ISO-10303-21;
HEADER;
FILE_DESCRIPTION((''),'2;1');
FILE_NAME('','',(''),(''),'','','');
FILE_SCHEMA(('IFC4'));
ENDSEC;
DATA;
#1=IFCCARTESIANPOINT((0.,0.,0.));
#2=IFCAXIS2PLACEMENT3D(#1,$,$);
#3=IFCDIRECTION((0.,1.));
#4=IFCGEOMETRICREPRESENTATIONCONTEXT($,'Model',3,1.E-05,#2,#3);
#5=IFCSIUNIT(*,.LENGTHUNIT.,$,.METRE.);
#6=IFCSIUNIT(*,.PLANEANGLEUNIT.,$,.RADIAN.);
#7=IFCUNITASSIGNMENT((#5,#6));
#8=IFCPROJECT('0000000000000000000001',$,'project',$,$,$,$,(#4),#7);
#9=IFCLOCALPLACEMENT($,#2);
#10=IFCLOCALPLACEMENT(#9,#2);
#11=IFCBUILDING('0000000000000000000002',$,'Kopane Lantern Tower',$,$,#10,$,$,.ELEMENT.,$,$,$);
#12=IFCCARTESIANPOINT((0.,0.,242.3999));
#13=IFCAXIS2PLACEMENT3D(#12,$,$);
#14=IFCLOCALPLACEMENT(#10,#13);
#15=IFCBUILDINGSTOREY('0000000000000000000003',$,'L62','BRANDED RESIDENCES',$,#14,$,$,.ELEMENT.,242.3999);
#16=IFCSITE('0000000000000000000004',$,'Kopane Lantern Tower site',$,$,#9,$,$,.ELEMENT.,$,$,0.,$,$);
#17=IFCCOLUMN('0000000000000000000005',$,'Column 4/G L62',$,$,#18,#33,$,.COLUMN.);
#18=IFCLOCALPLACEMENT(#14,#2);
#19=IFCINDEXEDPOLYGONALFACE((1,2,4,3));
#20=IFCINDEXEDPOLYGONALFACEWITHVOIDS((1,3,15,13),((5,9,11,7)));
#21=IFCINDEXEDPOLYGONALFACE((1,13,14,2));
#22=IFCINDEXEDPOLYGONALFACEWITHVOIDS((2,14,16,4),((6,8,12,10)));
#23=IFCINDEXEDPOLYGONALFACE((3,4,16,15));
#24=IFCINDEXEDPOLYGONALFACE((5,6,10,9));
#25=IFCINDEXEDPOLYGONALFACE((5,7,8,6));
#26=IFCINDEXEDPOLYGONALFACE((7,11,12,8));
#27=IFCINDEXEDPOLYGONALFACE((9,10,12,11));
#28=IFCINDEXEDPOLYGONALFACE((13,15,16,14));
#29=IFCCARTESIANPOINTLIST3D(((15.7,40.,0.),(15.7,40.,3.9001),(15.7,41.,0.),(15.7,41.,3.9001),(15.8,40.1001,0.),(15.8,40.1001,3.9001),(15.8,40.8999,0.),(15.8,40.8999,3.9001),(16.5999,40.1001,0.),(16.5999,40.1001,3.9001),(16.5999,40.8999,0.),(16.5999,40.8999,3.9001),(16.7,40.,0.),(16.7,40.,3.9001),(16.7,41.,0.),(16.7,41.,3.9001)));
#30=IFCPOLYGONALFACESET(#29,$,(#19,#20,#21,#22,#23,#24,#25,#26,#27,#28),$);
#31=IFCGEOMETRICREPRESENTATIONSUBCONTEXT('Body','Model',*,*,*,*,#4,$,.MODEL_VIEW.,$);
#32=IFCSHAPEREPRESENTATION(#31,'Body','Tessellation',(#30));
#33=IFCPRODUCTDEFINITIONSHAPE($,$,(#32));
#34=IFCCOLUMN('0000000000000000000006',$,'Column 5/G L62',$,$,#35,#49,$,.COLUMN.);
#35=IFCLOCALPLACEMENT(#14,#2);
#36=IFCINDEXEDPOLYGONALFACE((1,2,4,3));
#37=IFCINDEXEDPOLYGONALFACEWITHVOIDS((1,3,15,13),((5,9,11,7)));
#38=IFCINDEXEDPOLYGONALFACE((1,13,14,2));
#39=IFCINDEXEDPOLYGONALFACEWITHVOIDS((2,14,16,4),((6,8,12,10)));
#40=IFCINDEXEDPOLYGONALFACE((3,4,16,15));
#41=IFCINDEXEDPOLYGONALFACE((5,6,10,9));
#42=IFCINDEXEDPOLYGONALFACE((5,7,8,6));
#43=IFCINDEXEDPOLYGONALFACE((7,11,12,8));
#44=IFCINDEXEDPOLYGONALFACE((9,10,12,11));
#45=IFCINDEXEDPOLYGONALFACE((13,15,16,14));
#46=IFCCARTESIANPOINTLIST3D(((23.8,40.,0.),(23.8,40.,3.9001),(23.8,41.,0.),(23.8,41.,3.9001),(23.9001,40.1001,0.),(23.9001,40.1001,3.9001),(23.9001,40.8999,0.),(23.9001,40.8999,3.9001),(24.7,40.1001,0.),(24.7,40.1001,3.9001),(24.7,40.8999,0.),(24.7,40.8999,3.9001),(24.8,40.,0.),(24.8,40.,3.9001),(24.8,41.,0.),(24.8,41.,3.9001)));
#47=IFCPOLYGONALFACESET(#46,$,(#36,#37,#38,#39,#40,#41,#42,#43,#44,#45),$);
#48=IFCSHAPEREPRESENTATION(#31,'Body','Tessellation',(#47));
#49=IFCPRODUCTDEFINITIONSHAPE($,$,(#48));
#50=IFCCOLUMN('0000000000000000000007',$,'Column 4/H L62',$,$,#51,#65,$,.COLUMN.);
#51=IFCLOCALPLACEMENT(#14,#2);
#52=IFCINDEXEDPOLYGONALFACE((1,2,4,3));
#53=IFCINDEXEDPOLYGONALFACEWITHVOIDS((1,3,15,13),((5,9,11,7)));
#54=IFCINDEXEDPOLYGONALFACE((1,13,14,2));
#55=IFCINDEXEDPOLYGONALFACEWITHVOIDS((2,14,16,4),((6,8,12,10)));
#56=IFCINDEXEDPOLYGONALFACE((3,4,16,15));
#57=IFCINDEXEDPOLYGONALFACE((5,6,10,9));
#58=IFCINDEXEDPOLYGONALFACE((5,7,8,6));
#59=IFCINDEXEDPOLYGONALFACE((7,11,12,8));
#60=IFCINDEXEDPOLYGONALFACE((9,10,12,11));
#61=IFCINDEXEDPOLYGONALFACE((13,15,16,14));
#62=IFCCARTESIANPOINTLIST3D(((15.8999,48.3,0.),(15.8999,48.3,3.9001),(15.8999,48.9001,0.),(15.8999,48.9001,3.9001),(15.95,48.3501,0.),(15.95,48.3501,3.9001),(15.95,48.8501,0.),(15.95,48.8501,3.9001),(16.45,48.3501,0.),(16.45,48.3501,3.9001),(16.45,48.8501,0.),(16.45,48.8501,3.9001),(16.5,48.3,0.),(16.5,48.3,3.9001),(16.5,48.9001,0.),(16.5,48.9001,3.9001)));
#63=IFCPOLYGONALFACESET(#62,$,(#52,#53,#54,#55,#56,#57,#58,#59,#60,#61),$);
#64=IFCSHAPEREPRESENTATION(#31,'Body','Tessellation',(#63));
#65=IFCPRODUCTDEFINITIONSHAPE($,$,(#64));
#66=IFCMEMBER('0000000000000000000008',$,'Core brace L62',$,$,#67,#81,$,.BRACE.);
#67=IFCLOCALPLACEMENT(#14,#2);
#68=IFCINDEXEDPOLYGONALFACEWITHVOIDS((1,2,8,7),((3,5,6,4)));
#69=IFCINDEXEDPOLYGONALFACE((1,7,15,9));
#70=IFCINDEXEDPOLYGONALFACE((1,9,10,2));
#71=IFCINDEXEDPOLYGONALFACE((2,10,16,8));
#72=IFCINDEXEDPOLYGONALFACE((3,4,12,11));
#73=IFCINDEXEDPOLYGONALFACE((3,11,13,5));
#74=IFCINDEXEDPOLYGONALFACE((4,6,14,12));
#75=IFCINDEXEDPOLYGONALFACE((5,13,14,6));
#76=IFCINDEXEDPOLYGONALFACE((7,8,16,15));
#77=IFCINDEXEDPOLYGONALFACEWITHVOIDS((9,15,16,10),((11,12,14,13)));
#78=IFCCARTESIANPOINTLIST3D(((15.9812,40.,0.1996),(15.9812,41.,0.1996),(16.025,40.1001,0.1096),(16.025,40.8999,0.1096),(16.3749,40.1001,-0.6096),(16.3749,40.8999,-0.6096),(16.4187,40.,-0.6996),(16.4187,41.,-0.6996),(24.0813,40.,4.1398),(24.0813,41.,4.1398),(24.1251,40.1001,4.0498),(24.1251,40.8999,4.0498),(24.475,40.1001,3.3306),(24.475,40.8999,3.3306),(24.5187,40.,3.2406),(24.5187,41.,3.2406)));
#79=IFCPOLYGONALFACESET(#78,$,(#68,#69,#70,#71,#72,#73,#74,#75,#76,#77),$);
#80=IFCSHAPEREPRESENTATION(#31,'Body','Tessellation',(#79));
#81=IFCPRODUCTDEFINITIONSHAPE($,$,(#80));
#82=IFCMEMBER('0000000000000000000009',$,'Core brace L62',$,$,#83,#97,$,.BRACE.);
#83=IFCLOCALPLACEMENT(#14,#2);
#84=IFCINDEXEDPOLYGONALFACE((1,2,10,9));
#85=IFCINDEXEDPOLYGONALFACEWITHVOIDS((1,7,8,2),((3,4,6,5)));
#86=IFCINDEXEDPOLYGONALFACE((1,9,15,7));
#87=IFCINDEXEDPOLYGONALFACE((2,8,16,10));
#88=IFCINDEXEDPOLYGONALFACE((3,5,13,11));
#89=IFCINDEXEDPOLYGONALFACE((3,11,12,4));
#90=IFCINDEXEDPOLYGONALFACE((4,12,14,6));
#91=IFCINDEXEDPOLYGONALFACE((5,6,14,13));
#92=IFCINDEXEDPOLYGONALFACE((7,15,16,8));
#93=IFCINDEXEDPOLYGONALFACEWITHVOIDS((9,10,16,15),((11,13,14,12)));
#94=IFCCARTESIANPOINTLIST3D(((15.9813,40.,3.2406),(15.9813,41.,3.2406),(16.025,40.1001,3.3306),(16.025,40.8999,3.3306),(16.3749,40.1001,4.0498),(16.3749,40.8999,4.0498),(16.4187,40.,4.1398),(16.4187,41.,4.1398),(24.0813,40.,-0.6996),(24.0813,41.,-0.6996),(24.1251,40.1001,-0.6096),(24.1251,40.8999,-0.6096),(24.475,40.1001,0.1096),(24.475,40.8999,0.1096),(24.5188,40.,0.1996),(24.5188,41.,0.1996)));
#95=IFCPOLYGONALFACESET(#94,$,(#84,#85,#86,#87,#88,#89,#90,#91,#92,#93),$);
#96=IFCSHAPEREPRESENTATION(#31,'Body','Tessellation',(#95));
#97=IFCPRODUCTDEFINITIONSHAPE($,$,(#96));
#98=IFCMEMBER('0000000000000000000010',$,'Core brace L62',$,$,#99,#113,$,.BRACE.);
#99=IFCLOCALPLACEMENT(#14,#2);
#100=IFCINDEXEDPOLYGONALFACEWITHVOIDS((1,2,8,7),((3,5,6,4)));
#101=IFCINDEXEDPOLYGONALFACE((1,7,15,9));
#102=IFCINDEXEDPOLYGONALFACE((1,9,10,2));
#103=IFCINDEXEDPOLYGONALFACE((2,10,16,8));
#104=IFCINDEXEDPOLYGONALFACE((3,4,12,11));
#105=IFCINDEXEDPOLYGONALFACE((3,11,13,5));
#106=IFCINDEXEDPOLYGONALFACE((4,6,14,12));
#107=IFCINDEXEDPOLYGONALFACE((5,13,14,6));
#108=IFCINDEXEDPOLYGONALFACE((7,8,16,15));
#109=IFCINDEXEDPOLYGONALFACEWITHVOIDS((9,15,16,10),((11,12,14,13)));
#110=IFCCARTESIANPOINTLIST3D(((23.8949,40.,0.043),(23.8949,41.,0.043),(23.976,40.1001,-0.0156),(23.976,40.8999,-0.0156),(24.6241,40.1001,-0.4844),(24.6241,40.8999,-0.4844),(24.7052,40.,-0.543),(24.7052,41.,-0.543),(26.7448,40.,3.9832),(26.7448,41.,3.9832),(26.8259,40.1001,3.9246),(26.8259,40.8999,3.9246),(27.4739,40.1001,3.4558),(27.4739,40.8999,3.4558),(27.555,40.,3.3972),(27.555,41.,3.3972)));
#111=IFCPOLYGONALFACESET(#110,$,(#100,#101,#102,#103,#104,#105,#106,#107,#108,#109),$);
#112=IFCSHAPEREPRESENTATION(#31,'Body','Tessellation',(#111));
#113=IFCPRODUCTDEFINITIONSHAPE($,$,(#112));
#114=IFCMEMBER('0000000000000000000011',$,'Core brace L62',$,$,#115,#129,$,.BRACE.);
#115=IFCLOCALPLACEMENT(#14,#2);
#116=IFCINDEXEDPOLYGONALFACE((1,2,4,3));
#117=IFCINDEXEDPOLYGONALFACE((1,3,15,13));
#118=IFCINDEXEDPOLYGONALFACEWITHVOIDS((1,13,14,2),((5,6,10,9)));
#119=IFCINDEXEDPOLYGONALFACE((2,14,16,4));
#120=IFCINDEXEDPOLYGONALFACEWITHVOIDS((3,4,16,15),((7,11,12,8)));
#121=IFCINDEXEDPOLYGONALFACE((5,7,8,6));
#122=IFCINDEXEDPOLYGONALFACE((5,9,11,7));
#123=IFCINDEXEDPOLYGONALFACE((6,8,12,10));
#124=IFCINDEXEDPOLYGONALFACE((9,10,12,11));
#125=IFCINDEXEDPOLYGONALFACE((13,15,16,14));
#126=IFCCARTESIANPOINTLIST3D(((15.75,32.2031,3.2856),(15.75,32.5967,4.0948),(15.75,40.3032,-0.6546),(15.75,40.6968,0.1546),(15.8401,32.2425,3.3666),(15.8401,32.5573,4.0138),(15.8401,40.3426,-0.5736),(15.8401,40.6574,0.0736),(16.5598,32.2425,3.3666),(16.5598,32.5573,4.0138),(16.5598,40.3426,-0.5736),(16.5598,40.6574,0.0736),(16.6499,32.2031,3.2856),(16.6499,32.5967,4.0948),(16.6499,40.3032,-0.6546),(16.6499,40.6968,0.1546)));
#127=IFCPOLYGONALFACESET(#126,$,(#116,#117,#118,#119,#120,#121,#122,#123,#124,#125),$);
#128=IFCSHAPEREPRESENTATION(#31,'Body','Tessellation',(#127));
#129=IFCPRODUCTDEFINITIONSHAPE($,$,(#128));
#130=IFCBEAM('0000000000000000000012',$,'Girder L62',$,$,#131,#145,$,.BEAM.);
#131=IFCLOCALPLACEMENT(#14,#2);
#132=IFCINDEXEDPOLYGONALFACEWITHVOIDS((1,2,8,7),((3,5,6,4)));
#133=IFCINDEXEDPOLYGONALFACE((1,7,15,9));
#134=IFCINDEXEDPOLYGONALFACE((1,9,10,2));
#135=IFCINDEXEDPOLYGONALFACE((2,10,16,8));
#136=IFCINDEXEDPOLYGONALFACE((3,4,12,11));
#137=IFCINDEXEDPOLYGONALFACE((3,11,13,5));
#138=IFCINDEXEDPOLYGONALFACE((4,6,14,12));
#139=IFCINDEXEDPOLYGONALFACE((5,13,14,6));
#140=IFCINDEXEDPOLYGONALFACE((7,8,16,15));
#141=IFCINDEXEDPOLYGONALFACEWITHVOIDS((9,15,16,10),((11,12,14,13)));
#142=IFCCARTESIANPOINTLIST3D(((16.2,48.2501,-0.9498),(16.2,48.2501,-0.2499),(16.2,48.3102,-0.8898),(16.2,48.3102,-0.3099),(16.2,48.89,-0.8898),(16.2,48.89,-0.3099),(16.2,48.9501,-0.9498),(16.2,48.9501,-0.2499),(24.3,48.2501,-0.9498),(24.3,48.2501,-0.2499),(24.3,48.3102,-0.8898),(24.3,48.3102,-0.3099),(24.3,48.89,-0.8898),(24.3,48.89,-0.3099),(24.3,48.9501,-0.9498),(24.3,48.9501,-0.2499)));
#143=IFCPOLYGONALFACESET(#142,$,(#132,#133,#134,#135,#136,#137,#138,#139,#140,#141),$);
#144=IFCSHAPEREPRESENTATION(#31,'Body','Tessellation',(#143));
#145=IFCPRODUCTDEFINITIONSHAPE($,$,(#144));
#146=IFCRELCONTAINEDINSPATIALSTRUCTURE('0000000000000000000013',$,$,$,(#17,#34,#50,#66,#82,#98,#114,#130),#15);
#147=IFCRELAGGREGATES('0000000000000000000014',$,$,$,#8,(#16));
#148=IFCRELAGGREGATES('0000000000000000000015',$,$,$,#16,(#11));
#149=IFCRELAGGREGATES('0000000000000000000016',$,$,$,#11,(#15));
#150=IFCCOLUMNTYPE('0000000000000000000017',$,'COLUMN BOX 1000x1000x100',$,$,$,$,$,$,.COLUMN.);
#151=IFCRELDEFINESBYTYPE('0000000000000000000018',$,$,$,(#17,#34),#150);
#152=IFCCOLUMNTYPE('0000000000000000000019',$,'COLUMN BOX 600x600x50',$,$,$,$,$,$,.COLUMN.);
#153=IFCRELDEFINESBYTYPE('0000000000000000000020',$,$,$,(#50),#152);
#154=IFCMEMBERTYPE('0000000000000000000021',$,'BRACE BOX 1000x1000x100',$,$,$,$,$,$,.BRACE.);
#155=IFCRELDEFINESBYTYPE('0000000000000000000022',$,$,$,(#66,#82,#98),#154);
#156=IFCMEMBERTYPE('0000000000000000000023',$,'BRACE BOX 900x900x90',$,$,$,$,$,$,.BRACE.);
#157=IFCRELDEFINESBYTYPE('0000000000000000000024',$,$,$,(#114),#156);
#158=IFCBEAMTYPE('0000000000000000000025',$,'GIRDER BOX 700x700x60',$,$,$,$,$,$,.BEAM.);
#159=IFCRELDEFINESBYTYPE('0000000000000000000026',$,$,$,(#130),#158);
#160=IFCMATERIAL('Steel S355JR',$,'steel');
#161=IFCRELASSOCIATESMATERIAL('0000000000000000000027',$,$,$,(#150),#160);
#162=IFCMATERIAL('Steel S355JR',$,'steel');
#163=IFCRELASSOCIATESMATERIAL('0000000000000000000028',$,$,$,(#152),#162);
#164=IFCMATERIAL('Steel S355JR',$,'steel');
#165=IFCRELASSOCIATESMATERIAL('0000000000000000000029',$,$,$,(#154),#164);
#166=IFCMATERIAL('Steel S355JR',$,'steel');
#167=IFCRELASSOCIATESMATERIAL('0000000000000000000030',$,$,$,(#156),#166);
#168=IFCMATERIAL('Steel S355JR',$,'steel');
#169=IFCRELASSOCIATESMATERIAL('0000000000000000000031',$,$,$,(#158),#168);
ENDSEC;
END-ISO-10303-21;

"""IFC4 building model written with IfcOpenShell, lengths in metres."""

from ifc_helpers import new_model, si_unit, direction, frame, origin, origin_2d, place, context, subcontext, project, spatial, hollow_rectangle, extrude, material, material_profile, profile_set, type_object, element, save


model = new_model("IFC4")

# Units and contexts
model_context = context("Model", 3, precision=1e-05, world=origin(), true_north=direction((0.0, 1.0)))
body_context = subcontext(model_context, "Body", "Model", "MODEL_VIEW")
ifc_project = project(units=[si_unit("LENGTHUNIT", "METRE"), si_unit("PLANEANGLEUNIT", "RADIAN")], contexts=[model_context])

# Site, building, storey
site_placement = place(None, origin())
site = spatial("IfcSite", under=ifc_project, at=site_placement, Name="Kopane Lantern Tower site", CompositionType="ELEMENT", RefElevation=0.0)
building_placement = place(site_placement, origin())
building = spatial("IfcBuilding", under=site, at=building_placement, Name="Kopane Lantern Tower", CompositionType="ELEMENT")
storey_placement = place(building_placement, frame((0.0, 0.0, 242.3999)))
storey = spatial("IfcBuildingStorey", under=building, at=storey_placement, Name="L62", Description="BRANDED RESIDENCES", CompositionType="ELEMENT", Elevation=242.3999)

# Columns
ifc_material_1 = material(Name="Steel S355JR", Category="steel")
ifc_material_profile_1 = material_profile(ifc_material_1, hollow_rectangle(XDim=1.0, YDim=1.0, WallThickness=0.1001, at=origin_2d()), Name="BOX 1000x1000x100")
ifc_profile_set_1 = profile_set([ifc_material_profile_1], Name="Steel S355JR")
column_type_1 = type_object("IfcColumnType", Name="COLUMN BOX 1000x1000x100", PredefinedType="COLUMN", material=ifc_profile_set_1)
for number, where, z_axis, x_axis, name in (
    (1, (16.2, 40.5, 0.0), (0.0, 0.0, 1.0), (1.0, 0.0, 0.0), "Column 4/G L62"),
    (2, (24.3, 40.5, 0.0), (0.0, 0.0, 1.0), (1.0, 0.0, 0.0), "Column 5/G L62"),
):
    element("IfcColumn", number, at=place(storey_placement, frame(where, z_axis=z_axis, x_axis=x_axis)), inside=storey, type_object=column_type_1, Name=name, PredefinedType="COLUMN", context=body_context, shape_type="SweptSolid", body=[
        extrude(hollow_rectangle(XDim=1.0, YDim=1.0, WallThickness=0.1001, at=origin_2d()), origin(), (0.0, 0.0, 1.0), 3.9001),
    ])
ifc_material_2 = material(Name="Steel S355JR", Category="steel")
ifc_material_profile_2 = material_profile(ifc_material_2, hollow_rectangle(XDim=0.6001, YDim=0.6001, WallThickness=0.05, at=origin_2d()), Name="BOX 600x600x50")
ifc_profile_set_2 = profile_set([ifc_material_profile_2], Name="Steel S355JR")
column_type_2 = type_object("IfcColumnType", Name="COLUMN BOX 600x600x50", PredefinedType="COLUMN", material=ifc_profile_set_2)
column_placement = place(storey_placement, frame((16.2, 48.6001, 0.0), z_axis=(0.0, 0.0, 1.0), x_axis=(1.0, 0.0, 0.0)))
element("IfcColumn", 3, at=column_placement, inside=storey, type_object=column_type_2, Name="Column 4/H L62", PredefinedType="COLUMN", context=body_context, shape_type="SweptSolid", body=[
    extrude(hollow_rectangle(XDim=0.6001, YDim=0.6001, WallThickness=0.05, at=origin_2d()), origin(), (0.0, 0.0, 1.0), 3.9001),
])

# Members
ifc_material_3 = material(Name="Steel S355JR", Category="steel")
ifc_material_profile_3 = material_profile(ifc_material_3, hollow_rectangle(XDim=1.0, YDim=1.0, WallThickness=0.1001, at=origin_2d()), Name="BOX 1000x1000x100")
ifc_profile_set_3 = profile_set([ifc_material_profile_3], Name="Steel S355JR")
member_type_1 = type_object("IfcMemberType", Name="BRACE BOX 1000x1000x100", PredefinedType="BRACE", material=ifc_profile_set_3)
for number, where, z_axis, x_axis, name in (
    (4, (16.2, 40.5, -0.25), (0.899253, 0.0, 0.43743), (0.0, 1.0, 0.0), "Core brace L62"),
    (5, (24.3, 40.5, -0.25), (-0.899253, 0.0, 0.43743), (0.0, -1.0, 0.0), "Core brace L62"),
):
    element("IfcMember", number, at=place(storey_placement, frame(where, z_axis=z_axis, x_axis=x_axis)), inside=storey, type_object=member_type_1, Name=name, PredefinedType="BRACE", context=body_context, shape_type="SweptSolid", body=[
        extrude(hollow_rectangle(XDim=1.0, YDim=1.0, WallThickness=0.1001, at=origin_2d()), origin(), (0.0, 0.0, 1.0), 9.0076),
    ])
member_1_placement = place(storey_placement, frame((24.3, 40.5, -0.25), z_axis=(0.586053, 0.0, 0.810273), x_axis=(0.0, 1.0, 0.0)))
element("IfcMember", 6, at=member_1_placement, inside=storey, type_object=member_type_1, Name="Core brace L62", PredefinedType="BRACE", context=body_context, shape_type="SweptSolid", body=[
    extrude(hollow_rectangle(XDim=1.0, YDim=1.0, WallThickness=0.1001, at=origin_2d()), origin(), (0.0, 0.0, 1.0), 4.8628),
])
ifc_material_4 = material(Name="Steel S355JR", Category="steel")
ifc_material_profile_4 = material_profile(ifc_material_4, hollow_rectangle(XDim=0.8999, YDim=0.8999, WallThickness=0.0901, at=origin_2d()), Name="BOX 900x900x90")
ifc_profile_set_4 = profile_set([ifc_material_profile_4], Name="Steel S355JR")
member_type_2 = type_object("IfcMemberType", Name="BRACE BOX 900x900x90", PredefinedType="BRACE", material=ifc_profile_set_4)
member_2_placement = place(storey_placement, frame((16.2, 40.5, -0.25), z_axis=(0.0, -0.899253, 0.43743), x_axis=(1.0, 0.0, 0.0)))
element("IfcMember", 7, at=member_2_placement, inside=storey, type_object=member_type_2, Name="Core brace L62", PredefinedType="BRACE", context=body_context, shape_type="SweptSolid", body=[
    extrude(hollow_rectangle(XDim=0.8999, YDim=0.8999, WallThickness=0.0901, at=origin_2d()), origin(), (0.0, 0.0, 1.0), 9.0076),
])

# Beam
ifc_material_5 = material(Name="Steel S355JR", Category="steel")
ifc_material_profile_5 = material_profile(ifc_material_5, hollow_rectangle(XDim=0.7, YDim=0.7, WallThickness=0.0601, at=origin_2d()), Name="BOX 700x700x60")
ifc_profile_set_5 = profile_set([ifc_material_profile_5], Name="Steel S355JR")
beam_type_1 = type_object("IfcBeamType", Name="GIRDER BOX 700x700x60", PredefinedType="BEAM", material=ifc_profile_set_5)
beam_1_placement = place(storey_placement, frame((16.2, 48.6001, -0.5999), z_axis=(1.0, 0.0, 0.0), x_axis=(0.0, 1.0, 0.0)))
element("IfcBeam", 8, at=beam_1_placement, inside=storey, type_object=beam_type_1, Name="Girder L62", PredefinedType="BEAM", context=body_context, shape_type="SweptSolid", body=[
    extrude(hollow_rectangle(XDim=0.7, YDim=0.7, WallThickness=0.0601, at=origin_2d()), origin(), (0.0, 0.0, 1.0), 8.1001),
])

save(model, "model.ifc")
